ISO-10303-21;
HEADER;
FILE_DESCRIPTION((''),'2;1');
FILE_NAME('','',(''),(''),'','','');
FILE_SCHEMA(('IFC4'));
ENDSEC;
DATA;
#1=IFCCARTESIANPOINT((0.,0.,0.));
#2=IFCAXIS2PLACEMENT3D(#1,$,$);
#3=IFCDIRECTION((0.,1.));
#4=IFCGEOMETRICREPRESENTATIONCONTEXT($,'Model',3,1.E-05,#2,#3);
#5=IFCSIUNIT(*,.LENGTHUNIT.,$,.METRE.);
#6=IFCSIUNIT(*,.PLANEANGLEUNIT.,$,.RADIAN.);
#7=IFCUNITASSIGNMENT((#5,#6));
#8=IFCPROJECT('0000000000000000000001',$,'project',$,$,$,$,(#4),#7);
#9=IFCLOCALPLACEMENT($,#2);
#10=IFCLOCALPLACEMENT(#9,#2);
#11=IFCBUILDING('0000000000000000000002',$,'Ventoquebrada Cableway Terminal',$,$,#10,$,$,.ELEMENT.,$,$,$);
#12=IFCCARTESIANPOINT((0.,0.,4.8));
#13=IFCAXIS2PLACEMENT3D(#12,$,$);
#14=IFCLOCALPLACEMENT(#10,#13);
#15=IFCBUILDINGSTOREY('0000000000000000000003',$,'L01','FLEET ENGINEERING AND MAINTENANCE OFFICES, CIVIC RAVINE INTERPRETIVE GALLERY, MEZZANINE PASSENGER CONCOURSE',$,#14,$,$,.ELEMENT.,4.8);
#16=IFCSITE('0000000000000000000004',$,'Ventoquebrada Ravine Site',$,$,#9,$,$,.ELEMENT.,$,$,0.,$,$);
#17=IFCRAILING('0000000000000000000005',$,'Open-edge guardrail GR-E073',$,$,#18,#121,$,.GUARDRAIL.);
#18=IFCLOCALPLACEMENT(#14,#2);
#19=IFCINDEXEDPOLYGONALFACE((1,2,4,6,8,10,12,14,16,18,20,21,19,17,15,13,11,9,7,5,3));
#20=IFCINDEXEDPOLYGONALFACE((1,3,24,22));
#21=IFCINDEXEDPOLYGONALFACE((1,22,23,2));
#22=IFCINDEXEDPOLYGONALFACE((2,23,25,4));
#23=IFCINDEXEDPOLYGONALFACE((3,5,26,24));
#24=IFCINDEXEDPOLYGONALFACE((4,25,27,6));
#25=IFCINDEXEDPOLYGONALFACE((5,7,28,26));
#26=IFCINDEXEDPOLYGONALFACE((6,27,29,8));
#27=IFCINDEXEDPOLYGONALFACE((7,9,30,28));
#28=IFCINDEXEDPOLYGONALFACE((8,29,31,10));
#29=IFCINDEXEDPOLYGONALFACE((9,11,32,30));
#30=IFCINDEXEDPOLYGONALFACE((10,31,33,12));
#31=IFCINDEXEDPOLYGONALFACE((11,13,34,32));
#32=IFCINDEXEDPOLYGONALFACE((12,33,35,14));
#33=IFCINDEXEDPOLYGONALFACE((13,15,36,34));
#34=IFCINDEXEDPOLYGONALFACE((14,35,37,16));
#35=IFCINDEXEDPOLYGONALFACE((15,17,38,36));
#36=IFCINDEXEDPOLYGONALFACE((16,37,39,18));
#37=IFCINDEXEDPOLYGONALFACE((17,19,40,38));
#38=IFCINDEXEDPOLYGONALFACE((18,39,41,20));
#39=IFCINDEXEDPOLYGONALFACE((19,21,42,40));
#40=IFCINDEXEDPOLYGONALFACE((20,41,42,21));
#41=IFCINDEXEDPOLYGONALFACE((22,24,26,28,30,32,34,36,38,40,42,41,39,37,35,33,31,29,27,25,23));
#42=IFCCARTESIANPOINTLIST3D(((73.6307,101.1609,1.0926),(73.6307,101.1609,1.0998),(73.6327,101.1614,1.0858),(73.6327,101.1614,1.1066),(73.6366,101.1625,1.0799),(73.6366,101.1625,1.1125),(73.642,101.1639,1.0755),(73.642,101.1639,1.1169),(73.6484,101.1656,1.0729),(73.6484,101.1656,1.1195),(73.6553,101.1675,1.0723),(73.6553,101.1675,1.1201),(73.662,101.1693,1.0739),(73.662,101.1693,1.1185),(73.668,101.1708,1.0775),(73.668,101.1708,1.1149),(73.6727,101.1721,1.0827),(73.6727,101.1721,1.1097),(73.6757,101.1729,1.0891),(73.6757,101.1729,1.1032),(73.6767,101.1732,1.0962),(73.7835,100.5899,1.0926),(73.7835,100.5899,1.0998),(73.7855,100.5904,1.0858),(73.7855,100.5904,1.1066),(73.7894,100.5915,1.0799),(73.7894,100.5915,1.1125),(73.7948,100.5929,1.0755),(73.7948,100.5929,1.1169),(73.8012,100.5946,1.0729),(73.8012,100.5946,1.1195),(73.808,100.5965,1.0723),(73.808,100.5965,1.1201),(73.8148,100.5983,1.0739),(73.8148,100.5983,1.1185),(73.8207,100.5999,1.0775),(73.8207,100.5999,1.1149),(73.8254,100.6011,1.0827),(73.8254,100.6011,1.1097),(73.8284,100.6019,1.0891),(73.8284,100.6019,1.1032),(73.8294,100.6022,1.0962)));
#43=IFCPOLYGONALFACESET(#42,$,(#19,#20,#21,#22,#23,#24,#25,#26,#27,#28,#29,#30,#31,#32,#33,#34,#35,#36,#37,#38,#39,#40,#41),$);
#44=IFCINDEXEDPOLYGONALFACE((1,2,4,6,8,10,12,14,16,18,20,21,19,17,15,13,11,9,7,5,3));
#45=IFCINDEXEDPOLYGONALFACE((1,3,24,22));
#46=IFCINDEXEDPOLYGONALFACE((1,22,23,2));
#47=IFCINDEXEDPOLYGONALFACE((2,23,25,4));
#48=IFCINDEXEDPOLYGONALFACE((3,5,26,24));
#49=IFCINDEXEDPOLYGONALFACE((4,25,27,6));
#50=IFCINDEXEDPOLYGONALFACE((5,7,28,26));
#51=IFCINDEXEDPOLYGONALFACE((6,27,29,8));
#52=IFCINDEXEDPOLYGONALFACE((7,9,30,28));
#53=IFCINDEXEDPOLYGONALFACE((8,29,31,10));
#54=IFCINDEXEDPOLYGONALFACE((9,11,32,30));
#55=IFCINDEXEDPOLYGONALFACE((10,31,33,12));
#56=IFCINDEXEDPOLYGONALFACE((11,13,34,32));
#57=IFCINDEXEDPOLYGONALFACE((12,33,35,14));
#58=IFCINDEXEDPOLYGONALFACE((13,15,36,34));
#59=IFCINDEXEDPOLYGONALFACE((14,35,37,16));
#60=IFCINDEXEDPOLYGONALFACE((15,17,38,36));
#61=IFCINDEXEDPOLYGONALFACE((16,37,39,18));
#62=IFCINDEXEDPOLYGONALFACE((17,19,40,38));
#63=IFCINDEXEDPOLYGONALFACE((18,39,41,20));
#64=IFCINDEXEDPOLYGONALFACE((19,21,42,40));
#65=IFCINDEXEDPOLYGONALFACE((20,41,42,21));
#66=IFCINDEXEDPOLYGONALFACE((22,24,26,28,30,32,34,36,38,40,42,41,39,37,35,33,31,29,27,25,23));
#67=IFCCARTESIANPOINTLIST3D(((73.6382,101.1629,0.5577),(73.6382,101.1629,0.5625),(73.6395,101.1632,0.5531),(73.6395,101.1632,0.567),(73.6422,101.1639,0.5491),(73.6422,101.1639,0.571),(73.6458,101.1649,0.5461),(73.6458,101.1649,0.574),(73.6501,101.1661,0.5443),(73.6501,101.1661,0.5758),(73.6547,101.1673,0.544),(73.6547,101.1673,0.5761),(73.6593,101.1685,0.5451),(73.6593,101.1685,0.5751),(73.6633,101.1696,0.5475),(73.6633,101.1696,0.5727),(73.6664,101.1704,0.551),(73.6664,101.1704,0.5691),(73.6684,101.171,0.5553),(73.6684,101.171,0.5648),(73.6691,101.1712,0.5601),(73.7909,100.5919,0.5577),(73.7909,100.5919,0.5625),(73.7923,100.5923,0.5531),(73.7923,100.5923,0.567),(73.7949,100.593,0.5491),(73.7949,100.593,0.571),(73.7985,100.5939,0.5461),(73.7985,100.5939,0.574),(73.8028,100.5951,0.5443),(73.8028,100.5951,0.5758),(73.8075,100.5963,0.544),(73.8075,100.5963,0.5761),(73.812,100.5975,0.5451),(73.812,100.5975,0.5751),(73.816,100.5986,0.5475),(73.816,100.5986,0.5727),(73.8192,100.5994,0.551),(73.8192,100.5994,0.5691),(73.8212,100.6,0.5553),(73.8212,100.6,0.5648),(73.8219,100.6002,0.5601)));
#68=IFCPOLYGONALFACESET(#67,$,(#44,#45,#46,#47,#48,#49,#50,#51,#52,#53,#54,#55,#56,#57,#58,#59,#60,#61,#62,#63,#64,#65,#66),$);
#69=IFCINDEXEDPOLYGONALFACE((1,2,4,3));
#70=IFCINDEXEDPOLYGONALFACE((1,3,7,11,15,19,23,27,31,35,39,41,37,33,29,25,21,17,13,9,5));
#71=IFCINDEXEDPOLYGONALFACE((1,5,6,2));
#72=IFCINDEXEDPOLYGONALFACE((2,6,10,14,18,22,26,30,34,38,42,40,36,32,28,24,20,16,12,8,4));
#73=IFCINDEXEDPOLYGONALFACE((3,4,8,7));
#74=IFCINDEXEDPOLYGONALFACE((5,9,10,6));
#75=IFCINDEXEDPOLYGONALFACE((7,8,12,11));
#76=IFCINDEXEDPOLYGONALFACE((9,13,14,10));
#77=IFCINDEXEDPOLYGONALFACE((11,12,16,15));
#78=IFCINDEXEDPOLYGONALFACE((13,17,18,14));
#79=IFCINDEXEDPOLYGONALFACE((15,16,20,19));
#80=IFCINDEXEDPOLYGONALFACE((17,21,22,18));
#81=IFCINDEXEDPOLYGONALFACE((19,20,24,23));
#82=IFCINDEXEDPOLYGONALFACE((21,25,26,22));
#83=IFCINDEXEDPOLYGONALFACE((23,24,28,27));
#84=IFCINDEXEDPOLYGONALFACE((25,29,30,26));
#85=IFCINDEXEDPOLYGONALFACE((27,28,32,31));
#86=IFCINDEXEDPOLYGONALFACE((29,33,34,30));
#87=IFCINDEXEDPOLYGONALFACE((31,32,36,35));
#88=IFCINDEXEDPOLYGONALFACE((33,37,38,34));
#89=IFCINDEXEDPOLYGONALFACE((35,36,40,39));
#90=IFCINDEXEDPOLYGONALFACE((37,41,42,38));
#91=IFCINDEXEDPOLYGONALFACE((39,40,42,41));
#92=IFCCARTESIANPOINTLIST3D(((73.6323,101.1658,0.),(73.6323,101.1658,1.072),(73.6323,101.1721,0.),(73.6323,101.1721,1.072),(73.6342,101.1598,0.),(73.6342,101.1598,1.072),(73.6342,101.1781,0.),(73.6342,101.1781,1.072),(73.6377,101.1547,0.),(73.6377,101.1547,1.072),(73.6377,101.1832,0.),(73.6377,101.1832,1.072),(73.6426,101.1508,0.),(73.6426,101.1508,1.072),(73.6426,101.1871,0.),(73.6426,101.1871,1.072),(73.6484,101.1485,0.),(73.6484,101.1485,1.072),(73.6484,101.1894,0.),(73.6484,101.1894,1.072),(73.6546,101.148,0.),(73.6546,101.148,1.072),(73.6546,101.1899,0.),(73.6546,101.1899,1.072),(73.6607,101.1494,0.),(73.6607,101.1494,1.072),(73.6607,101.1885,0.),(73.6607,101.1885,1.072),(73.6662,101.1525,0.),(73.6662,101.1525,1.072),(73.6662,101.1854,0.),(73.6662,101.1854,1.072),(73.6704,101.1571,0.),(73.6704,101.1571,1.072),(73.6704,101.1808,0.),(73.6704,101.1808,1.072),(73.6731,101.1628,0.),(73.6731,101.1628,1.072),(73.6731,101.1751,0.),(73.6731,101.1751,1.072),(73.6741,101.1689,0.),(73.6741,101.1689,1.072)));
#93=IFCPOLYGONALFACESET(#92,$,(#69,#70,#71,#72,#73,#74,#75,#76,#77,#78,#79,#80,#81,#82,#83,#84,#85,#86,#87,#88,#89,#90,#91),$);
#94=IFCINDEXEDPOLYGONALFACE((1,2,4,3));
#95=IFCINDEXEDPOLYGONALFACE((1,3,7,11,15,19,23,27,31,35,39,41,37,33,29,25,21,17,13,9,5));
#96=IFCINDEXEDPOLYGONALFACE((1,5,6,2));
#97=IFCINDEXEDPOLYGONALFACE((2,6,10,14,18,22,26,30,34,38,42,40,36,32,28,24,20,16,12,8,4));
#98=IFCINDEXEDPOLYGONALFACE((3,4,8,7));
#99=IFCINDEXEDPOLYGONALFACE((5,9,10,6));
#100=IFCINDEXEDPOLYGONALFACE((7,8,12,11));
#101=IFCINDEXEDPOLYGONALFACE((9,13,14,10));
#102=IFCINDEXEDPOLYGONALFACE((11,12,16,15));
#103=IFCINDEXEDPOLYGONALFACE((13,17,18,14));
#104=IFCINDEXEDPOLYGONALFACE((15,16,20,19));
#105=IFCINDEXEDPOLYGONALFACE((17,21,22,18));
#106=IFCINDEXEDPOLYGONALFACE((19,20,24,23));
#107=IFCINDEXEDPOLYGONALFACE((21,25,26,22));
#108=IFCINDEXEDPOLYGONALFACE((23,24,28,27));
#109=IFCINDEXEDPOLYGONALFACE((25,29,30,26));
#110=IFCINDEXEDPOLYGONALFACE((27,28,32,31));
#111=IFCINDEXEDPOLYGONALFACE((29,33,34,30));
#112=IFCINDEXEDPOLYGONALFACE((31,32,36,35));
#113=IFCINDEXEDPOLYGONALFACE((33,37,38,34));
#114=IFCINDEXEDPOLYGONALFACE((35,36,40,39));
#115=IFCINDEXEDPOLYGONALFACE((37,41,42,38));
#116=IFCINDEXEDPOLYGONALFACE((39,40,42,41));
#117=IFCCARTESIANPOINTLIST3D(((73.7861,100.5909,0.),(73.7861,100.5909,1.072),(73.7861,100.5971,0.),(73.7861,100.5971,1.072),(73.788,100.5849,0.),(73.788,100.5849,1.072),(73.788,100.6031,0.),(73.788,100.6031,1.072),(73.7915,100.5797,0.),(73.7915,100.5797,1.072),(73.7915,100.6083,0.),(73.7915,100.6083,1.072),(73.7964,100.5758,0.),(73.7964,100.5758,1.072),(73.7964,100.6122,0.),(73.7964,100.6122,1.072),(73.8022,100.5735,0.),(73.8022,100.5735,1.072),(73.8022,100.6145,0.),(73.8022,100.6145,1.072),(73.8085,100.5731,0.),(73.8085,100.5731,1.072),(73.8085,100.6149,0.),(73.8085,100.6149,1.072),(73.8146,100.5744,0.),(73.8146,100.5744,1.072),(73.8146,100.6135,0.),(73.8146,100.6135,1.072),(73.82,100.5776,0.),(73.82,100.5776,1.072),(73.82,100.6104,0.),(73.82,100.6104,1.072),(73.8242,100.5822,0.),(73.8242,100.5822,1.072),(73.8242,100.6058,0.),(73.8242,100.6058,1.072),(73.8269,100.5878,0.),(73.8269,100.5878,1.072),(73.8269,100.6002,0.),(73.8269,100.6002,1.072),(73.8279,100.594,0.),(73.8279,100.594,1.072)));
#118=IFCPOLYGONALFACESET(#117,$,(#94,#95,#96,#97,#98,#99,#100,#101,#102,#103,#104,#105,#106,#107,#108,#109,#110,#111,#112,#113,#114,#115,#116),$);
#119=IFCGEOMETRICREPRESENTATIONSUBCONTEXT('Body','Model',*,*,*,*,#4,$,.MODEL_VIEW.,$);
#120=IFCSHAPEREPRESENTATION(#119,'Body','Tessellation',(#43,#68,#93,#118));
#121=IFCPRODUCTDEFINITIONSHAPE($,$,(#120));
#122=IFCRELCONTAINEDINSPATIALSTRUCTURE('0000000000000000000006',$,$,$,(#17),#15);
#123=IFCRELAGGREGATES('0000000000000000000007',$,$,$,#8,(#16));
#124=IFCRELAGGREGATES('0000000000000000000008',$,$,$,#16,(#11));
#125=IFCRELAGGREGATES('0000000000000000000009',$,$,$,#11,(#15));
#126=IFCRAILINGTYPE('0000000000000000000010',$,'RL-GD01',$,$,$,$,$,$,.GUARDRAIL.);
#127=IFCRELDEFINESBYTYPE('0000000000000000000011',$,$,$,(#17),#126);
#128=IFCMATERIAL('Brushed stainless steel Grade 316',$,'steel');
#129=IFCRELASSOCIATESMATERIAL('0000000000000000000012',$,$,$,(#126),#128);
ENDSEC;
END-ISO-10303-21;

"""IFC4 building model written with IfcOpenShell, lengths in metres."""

from ifc_helpers import new_model, si_unit, direction, frame, origin, origin_2d, place, context, subcontext, project, spatial, circle, extrude, material, type_object, element, save


model = new_model("IFC4")

# Units and contexts
model_context = context("Model", 3, precision=1e-05, world=origin(), true_north=direction((0.0, 1.0)))
body_context = subcontext(model_context, "Body", "Model", "MODEL_VIEW")
ifc_project = project(units=[si_unit("LENGTHUNIT", "METRE"), si_unit("PLANEANGLEUNIT", "RADIAN")], contexts=[model_context])

# Site, building, storey
site_placement = place(None, origin())
site = spatial("IfcSite", under=ifc_project, at=site_placement, Name="Ventoquebrada Ravine Site", CompositionType="ELEMENT", RefElevation=0.0)
building_placement = place(site_placement, origin())
building = spatial("IfcBuilding", under=site, at=building_placement, Name="Ventoquebrada Cableway Terminal", CompositionType="ELEMENT")
storey_placement = place(building_placement, frame((0.0, 0.0, 4.8)))
storey = spatial("IfcBuildingStorey", under=building, at=storey_placement, Name="L01", Description="FLEET ENGINEERING AND MAINTENANCE OFFICES, CIVIC RAVINE INTERPRETIVE GALLERY, MEZZANINE PASSENGER CONCOURSE", CompositionType="ELEMENT", Elevation=4.8)

# Railing
ifc_material_1 = material(Name="Brushed stainless steel Grade 316", Category="steel")
railing_type_1 = type_object("IfcRailingType", Name="RL-GD01", PredefinedType="GUARDRAIL", material=ifc_material_1)
railing_1_placement = place(storey_placement, frame((73.6531, 101.1689, 0.0)))
element("IfcRailing", 1, at=railing_1_placement, inside=storey, type_object=railing_type_1, Name="Open-edge guardrail GR-E073", PredefinedType="GUARDRAIL", context=body_context, shape_type="SweptSolid", body=[
    extrude(circle(Radius=0.0239, at=origin_2d()), frame((0.0005, -0.002, 1.0962), z_axis=(0.258429, -0.96603, 0.0), x_axis=(0.96603, 0.258429, 0.0)), (0.0, 0.0, 1.0), 0.5911),
    extrude(circle(Radius=0.0161, at=origin_2d()), frame((0.0005, -0.002, 0.5601), z_axis=(0.258429, -0.96603, 0.0), x_axis=(0.96603, 0.258429, 0.0)), (0.0, 0.0, 1.0), 0.5911),
    extrude(circle(Radius=0.021, at=origin_2d()), origin(), (0.0, 0.0, 1.0), 1.072),
    extrude(circle(Radius=0.021, at=origin_2d()), frame((0.1538, -0.575, 0.0)), (0.0, 0.0, 1.0), 1.072),
])

save(model, "model.ifc")
